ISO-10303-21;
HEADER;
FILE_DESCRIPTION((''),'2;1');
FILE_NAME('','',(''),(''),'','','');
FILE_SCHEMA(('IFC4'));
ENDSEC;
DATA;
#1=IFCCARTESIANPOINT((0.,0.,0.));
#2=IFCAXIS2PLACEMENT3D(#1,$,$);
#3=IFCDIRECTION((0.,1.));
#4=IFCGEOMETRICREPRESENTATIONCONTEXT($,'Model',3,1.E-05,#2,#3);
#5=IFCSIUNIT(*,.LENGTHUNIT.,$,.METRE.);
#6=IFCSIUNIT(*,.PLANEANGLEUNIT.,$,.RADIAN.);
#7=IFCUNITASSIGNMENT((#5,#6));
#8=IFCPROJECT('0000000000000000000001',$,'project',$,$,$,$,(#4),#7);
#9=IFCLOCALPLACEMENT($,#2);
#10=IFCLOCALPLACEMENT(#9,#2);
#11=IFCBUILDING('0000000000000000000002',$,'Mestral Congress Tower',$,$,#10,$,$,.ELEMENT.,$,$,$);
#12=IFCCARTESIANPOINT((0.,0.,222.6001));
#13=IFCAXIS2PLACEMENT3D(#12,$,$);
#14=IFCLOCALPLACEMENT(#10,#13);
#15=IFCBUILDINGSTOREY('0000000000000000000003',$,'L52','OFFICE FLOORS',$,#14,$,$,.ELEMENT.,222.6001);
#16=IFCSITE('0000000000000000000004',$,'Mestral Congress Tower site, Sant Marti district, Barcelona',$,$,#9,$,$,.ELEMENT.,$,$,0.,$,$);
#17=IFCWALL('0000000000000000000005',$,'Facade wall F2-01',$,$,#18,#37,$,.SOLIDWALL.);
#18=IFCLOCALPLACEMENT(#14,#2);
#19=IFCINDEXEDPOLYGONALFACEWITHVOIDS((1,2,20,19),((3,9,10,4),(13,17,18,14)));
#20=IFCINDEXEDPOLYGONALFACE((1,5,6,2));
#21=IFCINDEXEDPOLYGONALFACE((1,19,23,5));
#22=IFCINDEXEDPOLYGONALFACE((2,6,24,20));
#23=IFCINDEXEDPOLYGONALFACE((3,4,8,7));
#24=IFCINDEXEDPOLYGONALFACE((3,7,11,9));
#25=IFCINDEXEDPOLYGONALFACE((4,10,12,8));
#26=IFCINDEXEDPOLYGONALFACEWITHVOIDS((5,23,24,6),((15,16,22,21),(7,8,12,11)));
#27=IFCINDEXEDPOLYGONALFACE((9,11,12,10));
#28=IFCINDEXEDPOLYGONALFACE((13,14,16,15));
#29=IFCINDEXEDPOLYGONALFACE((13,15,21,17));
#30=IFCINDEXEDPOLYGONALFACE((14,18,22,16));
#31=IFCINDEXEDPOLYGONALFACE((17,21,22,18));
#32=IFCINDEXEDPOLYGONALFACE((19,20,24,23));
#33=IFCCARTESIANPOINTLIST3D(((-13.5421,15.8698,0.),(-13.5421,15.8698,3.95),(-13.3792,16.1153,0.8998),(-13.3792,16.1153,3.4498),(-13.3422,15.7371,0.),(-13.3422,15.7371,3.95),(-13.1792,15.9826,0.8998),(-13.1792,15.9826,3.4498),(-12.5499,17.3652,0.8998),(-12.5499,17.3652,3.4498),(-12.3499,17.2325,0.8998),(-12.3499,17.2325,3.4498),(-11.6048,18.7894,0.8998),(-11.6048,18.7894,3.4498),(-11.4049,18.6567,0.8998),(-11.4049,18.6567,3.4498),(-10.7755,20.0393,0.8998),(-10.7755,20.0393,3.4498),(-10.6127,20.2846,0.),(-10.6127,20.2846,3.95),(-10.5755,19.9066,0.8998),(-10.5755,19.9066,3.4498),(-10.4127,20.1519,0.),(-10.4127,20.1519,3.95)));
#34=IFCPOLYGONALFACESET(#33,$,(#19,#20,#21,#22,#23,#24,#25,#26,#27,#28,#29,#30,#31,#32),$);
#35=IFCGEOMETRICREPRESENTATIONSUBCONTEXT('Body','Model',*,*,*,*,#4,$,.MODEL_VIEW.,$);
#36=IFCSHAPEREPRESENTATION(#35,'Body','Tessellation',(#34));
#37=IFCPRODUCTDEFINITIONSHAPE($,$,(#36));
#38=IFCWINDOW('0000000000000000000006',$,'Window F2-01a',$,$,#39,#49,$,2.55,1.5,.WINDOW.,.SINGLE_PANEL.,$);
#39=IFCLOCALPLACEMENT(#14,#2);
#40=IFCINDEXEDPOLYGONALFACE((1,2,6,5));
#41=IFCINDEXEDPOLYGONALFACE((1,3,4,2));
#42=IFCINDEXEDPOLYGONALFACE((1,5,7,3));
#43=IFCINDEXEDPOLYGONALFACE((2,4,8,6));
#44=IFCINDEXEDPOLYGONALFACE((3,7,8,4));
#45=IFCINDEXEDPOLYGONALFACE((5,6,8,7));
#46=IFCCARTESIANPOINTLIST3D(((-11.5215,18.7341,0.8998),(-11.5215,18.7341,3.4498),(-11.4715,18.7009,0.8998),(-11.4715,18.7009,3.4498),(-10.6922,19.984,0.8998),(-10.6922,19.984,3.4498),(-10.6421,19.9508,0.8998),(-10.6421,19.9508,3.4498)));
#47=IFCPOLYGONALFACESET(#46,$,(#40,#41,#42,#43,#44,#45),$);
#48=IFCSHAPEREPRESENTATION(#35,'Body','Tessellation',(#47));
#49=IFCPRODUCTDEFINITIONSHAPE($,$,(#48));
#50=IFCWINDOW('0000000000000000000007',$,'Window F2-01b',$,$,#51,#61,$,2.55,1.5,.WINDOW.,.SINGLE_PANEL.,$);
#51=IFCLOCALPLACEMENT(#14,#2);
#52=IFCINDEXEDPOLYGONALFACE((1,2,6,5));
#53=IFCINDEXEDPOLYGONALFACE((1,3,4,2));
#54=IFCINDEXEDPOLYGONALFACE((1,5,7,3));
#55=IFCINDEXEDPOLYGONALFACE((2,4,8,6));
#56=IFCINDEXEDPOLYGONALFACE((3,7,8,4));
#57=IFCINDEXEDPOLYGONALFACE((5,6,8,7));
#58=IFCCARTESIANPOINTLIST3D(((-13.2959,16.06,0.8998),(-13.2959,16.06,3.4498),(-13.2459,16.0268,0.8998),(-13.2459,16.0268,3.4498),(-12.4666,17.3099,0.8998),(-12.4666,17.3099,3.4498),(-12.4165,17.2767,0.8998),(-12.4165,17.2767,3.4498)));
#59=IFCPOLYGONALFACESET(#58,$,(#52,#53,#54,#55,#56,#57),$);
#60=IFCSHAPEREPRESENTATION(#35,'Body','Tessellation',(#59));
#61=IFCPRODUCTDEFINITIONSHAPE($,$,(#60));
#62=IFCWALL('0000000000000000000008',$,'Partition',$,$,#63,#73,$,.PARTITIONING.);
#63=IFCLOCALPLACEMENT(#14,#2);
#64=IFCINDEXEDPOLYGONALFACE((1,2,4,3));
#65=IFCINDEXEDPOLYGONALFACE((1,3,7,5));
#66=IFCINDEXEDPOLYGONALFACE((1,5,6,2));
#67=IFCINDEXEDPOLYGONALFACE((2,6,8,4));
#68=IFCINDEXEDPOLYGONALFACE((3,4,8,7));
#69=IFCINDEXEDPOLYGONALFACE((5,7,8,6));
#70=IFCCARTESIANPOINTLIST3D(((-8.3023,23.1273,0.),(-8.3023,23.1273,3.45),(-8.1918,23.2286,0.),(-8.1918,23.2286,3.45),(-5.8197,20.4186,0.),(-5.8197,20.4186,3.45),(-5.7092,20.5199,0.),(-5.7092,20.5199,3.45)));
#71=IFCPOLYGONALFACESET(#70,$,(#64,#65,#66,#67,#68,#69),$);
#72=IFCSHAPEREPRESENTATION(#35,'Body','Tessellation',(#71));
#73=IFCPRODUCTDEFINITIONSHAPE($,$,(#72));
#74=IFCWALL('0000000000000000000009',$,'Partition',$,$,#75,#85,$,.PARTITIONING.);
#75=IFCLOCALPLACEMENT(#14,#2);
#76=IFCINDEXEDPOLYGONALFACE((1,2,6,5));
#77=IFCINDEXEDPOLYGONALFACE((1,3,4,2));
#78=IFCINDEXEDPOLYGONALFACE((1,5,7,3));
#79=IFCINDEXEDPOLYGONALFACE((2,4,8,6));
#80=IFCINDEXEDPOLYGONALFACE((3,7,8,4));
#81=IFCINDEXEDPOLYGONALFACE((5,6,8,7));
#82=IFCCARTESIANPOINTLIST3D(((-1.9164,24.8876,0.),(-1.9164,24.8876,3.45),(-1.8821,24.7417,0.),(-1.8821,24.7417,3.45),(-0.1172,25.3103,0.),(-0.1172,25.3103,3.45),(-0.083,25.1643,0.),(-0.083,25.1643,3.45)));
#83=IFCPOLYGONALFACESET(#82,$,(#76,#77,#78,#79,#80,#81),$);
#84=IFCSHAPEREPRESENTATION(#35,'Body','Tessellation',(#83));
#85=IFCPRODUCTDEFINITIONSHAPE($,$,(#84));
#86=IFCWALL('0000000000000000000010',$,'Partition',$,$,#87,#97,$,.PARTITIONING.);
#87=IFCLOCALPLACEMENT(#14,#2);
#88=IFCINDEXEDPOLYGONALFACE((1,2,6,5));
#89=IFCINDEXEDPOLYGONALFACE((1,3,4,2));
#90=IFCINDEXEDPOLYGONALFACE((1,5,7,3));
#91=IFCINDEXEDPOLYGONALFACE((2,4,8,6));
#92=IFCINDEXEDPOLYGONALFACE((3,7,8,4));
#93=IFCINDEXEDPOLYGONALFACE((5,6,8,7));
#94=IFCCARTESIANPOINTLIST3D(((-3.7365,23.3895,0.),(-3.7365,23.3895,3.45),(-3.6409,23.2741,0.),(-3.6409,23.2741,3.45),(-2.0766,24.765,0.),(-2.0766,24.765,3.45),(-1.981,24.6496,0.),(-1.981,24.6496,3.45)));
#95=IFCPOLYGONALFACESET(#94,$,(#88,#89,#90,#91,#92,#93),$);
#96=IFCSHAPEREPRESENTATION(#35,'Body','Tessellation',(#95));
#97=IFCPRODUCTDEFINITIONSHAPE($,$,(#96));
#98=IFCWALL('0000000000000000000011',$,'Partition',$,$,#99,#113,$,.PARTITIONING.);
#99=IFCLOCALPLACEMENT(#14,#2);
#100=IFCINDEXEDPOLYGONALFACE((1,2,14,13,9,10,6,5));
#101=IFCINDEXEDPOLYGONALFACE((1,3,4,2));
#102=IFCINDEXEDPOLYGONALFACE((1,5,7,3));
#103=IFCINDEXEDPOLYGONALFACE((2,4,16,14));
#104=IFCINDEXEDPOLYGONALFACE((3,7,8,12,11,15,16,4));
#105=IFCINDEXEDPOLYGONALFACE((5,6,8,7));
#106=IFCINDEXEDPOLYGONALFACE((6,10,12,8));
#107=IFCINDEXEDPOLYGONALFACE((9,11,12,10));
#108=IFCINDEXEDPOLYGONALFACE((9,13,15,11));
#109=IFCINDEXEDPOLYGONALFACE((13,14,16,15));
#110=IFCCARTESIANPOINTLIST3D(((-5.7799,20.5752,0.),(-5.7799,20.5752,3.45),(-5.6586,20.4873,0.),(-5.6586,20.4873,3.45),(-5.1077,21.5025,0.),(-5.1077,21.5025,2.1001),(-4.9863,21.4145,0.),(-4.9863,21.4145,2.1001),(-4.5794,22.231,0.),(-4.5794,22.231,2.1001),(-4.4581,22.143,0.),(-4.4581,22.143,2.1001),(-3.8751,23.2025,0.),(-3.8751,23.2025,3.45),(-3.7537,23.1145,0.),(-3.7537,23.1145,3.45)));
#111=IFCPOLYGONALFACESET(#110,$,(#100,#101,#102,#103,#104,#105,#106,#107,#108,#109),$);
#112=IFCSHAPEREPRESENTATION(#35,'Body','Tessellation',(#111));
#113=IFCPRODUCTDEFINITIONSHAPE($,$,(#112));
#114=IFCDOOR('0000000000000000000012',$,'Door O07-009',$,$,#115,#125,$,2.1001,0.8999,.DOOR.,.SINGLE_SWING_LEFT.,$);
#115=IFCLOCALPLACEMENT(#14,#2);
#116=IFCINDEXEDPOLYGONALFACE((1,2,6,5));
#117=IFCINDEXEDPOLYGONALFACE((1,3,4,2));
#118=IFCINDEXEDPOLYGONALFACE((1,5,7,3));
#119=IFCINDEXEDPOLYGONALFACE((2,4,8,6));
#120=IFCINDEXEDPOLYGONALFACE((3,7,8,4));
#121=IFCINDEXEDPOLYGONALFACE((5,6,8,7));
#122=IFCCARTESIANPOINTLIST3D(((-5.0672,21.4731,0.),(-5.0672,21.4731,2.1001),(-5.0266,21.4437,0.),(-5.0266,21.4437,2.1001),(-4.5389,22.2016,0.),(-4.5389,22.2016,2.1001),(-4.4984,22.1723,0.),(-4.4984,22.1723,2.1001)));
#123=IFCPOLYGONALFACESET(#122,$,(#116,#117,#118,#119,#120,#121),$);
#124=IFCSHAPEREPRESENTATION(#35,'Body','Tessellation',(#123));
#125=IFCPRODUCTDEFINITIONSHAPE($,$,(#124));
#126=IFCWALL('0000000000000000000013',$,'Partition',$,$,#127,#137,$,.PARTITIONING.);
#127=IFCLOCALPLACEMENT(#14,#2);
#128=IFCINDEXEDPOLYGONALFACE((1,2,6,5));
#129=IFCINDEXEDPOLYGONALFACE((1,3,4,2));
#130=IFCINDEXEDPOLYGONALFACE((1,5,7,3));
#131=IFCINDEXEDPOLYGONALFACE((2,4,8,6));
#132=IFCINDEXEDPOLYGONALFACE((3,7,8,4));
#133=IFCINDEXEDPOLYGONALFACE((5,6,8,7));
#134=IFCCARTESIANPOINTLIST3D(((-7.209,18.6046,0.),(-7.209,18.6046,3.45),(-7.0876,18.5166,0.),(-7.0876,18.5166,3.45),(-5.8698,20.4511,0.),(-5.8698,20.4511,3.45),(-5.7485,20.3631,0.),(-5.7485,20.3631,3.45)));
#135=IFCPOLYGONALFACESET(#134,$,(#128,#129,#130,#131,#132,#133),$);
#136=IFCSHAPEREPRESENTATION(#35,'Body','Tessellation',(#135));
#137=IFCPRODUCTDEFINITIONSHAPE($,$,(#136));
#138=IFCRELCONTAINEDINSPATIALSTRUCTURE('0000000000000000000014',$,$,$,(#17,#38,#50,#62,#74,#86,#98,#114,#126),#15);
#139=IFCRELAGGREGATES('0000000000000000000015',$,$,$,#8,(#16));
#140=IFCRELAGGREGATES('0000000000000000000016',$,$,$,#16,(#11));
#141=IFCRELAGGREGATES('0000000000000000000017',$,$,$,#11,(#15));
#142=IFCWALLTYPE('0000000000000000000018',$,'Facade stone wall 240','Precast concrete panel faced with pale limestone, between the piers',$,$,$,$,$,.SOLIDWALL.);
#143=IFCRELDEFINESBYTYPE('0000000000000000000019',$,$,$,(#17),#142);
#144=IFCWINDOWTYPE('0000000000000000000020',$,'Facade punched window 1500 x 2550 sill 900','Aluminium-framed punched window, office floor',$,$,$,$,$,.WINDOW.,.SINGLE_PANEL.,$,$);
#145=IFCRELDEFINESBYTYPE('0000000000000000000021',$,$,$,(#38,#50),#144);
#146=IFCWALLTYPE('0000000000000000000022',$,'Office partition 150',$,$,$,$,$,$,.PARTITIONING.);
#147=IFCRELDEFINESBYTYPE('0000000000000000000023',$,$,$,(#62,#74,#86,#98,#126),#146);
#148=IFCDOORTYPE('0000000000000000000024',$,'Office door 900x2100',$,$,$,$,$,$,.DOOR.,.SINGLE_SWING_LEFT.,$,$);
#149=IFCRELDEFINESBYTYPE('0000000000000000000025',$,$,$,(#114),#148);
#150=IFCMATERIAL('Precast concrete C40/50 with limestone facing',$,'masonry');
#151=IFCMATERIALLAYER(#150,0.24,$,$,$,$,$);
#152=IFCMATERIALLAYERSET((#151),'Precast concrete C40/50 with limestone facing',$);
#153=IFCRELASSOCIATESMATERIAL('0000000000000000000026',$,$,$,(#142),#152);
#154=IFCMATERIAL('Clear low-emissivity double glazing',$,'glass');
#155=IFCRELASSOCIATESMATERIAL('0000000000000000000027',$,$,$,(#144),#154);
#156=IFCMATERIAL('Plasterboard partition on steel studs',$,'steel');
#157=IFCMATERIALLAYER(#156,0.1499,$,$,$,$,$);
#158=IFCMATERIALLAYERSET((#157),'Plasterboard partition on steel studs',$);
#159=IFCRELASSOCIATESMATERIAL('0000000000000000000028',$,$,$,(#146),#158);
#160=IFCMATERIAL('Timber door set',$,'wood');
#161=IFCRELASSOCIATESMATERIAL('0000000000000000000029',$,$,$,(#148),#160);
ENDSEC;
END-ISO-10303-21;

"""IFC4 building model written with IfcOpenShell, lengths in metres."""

from ifc_helpers import new_model, si_unit, direction, frame, frame_2d, origin, place, context, subcontext, project, spatial, rectangle, extrude, material, layer, layer_set, type_object, element, fill, save


model = new_model("IFC4")

# Units and contexts
model_context = context("Model", 3, precision=1e-05, world=origin(), true_north=direction((0.0, 1.0)))
body_context = subcontext(model_context, "Body", "Model", "MODEL_VIEW")
ifc_project = project(units=[si_unit("LENGTHUNIT", "METRE"), si_unit("PLANEANGLEUNIT", "RADIAN")], contexts=[model_context])

# Site, building, storey
site_placement = place(None, origin())
site = spatial("IfcSite", under=ifc_project, at=site_placement, Name="Mestral Congress Tower site, Sant Marti district, Barcelona", CompositionType="ELEMENT", RefElevation=0.0)
building_placement = place(site_placement, origin())
building = spatial("IfcBuilding", under=site, at=building_placement, Name="Mestral Congress Tower", CompositionType="ELEMENT")
storey_placement = place(building_placement, frame((0.0, 0.0, 222.6001)))
storey = spatial("IfcBuildingStorey", under=building, at=storey_placement, Name="L52", Description="OFFICE FLOORS", CompositionType="ELEMENT", Elevation=222.6001)

# Shared definitions
ifc_material_1 = material(Name="Precast concrete C40/50 with limestone facing", Category="masonry")
ifc_layer_1 = layer(ifc_material_1, 0.24)
ifc_layer_set_1 = layer_set([ifc_layer_1], Name="Precast concrete C40/50 with limestone facing")
wall_type_1 = type_object("IfcWallType", Name="Facade stone wall 240", Description="Precast concrete panel faced with pale limestone, between the piers", PredefinedType="SOLIDWALL", material=ifc_layer_set_1)
ifc_material_2 = material(Name="Clear low-emissivity double glazing", Category="glass")

# Wall, openings, windows
window_type_1 = type_object("IfcWindowType", Name="Facade punched window 1500 x 2550 sill 900", Description="Aluminium-framed punched window, office floor", PartitioningType="SINGLE_PANEL", PredefinedType="WINDOW", material=ifc_material_2)
wall_1_placement = place(storey_placement, frame((-10.5127, 20.2183, 0.0), z_axis=(0.0, 0.0, 1.0), x_axis=(-0.552902, -0.833246, 0.0)))
wall_1 = element("IfcWall", 1, at=wall_1_placement, inside=storey, type_object=wall_type_1, Name="Facade wall F2-01", PredefinedType="SOLIDWALL", context=body_context, shape_type="SweptSolid", body=[
    extrude(rectangle(XDim=5.2983, YDim=0.24, at=frame_2d((2.6492, 0.0))), origin(), (0.0, 0.0, 1.0), 3.95),
])
opening_1_placement = place(wall_1_placement, frame((0.2944, 0.0, 0.8999)))
opening_1 = element("IfcOpeningElement", 2, at=opening_1_placement, cuts=wall_1, PredefinedType="OPENING", context=body_context, shape_type="SweptSolid", body=[
    extrude(rectangle(XDim=1.5, YDim=2.55, at=frame_2d((0.75, 1.2749))), frame((0.0, 0.1299, 0.0), z_axis=(0.0, -1.0, 0.0), x_axis=(1.0, 0.0, 0.0)), (0.0, 0.0, 1.0), 0.26),
])
opening_2_placement = place(wall_1_placement, frame((3.5037, 0.0, 0.8999)))
opening_2 = element("IfcOpeningElement", 3, at=opening_2_placement, cuts=wall_1, PredefinedType="OPENING", context=body_context, shape_type="SweptSolid", body=[
    extrude(rectangle(XDim=1.5, YDim=2.55, at=frame_2d((0.75, 1.2749))), frame((0.0, 0.1299, 0.0), z_axis=(0.0, -1.0, 0.0), x_axis=(1.0, 0.0, 0.0)), (0.0, 0.0, 1.0), 0.26),
])
window_1_placement = place(opening_1_placement, origin())
window_1 = element("IfcWindow", 4, at=window_1_placement, inside=storey, type_object=window_type_1, Name="Window F2-01a", OverallHeight=2.55, OverallWidth=1.5, PartitioningType="SINGLE_PANEL", PredefinedType="WINDOW", context=body_context, shape_type="SweptSolid", body=[
    extrude(rectangle(XDim=1.5, YDim=2.55, at=frame_2d((0.75, 1.2749))), frame((0.0, 0.04, 0.0), z_axis=(0.0, -1.0, 0.0), x_axis=(1.0, 0.0, 0.0)), (0.0, 0.0, 1.0), 0.0601),
])
fill(opening_1, window_1)
window_2_placement = place(opening_2_placement, origin())
window_2 = element("IfcWindow", 5, at=window_2_placement, inside=storey, type_object=window_type_1, Name="Window F2-01b", OverallHeight=2.55, OverallWidth=1.5, PartitioningType="SINGLE_PANEL", PredefinedType="WINDOW", context=body_context, shape_type="SweptSolid", body=[
    extrude(rectangle(XDim=1.5, YDim=2.55, at=frame_2d((0.75, 1.2749))), frame((0.0, 0.04, 0.0), z_axis=(0.0, -1.0, 0.0), x_axis=(1.0, 0.0, 0.0)), (0.0, 0.0, 1.0), 0.0601),
])
fill(opening_2, window_2)

# Walls
ifc_material_3 = material(Name="Plasterboard partition on steel studs", Category="steel")
ifc_layer_2 = layer(ifc_material_3, 0.1499)
ifc_layer_set_2 = layer_set([ifc_layer_2], Name="Plasterboard partition on steel studs")
wall_type_2 = type_object("IfcWallType", Name="Office partition 150", PredefinedType="PARTITIONING", material=ifc_layer_set_2)
wall_2_placement = place(storey_placement, frame((-5.7644, 20.4692, 0.0), z_axis=(0.0, 0.0, 1.0), x_axis=(-0.675673, 0.737201, 0.0)))
element("IfcWall", 6, at=wall_2_placement, inside=storey, type_object=wall_type_2, Name="Partition", PredefinedType="PARTITIONING", context=body_context, shape_type="SweptSolid", body=[
    extrude(rectangle(XDim=3.6743, YDim=0.1499, at=frame_2d((1.8372, 0.0))), origin(), (0.0, 0.0, 1.0), 3.45),
])
wall_3_placement = place(storey_placement, frame((-0.1001, 25.2373, 0.0), z_axis=(0.0, 0.0, 1.0), x_axis=(-0.973502, -0.228679, 0.0)))
element("IfcWall", 7, at=wall_3_placement, inside=storey, type_object=wall_type_2, Name="Partition", PredefinedType="PARTITIONING", context=body_context, shape_type="SweptSolid", body=[
    extrude(rectangle(XDim=1.8481, YDim=0.1499, at=frame_2d((0.9241, 0.0))), origin(), (0.0, 0.0, 1.0), 3.45),
])
wall_4_placement = place(storey_placement, frame((-2.0288, 24.7073, 0.0), z_axis=(0.0, 0.0, 1.0), x_axis=(-0.769991, -0.638054, 0.0)))
element("IfcWall", 8, at=wall_4_placement, inside=storey, type_object=wall_type_2, Name="Partition", PredefinedType="PARTITIONING", context=body_context, shape_type="SweptSolid", body=[
    extrude(rectangle(XDim=2.1558, YDim=0.1499, at=frame_2d((1.0779, 0.0))), origin(), (0.0, 0.0, 1.0), 3.45),
])

# Wall, opening, door
wall_5_placement = place(storey_placement, frame((-5.7192, 20.5312, 0.0), z_axis=(0.0, 0.0, 1.0), x_axis=(0.586981, 0.809601, 0.0)))
wall_5 = element("IfcWall", 9, at=wall_5_placement, inside=storey, type_object=wall_type_2, Name="Partition", PredefinedType="PARTITIONING", context=body_context, shape_type="SweptSolid", body=[
    extrude(rectangle(XDim=3.2451, YDim=0.1499, at=frame_2d((1.6226, 0.0))), origin(), (0.0, 0.0, 1.0), 3.45),
])
opening_3_placement = place(wall_5_placement, frame((1.1453, 0.0, 0.0)))
opening_3 = element("IfcOpeningElement", 10, at=opening_3_placement, cuts=wall_5, PredefinedType="OPENING", context=body_context, shape_type="SweptSolid", body=[
    extrude(rectangle(XDim=0.8999, YDim=2.1001, at=frame_2d((0.45, 1.05))), frame((0.0, 0.085, 0.0), z_axis=(0.0, -1.0, 0.0), x_axis=(1.0, 0.0, 0.0)), (0.0, 0.0, 1.0), 0.1699),
])
ifc_material_4 = material(Name="Timber door set", Category="wood")
door_type = type_object("IfcDoorType", Name="Office door 900x2100", OperationType="SINGLE_SWING_LEFT", PredefinedType="DOOR", material=ifc_material_4)
door_placement = place(opening_3_placement, origin())
door = element("IfcDoor", 11, at=door_placement, inside=storey, type_object=door_type, Name="Door O07-009", OperationType="SINGLE_SWING_LEFT", OverallHeight=2.1001, OverallWidth=0.8999, PredefinedType="DOOR", context=body_context, shape_type="SweptSolid", body=[
    extrude(rectangle(XDim=0.8999, YDim=2.1001, at=frame_2d((0.45, 1.05))), frame((0.0, 0.0249, 0.0), z_axis=(0.0, -1.0, 0.0), x_axis=(1.0, 0.0, 0.0)), (0.0, 0.0, 1.0), 0.05),
])
fill(opening_3, door)

# Wall
wall_6_placement = place(storey_placement, frame((-5.8091, 20.4072, 0.0), z_axis=(0.0, 0.0, 1.0), x_axis=(-0.587096, -0.809518, 0.0)))
element("IfcWall", 12, at=wall_6_placement, inside=storey, type_object=wall_type_2, Name="Partition", PredefinedType="PARTITIONING", context=body_context, shape_type="SweptSolid", body=[
    extrude(rectangle(XDim=2.281, YDim=0.1499, at=frame_2d((1.1406, 0.0))), origin(), (0.0, 0.0, 1.0), 3.45),
])

save(model, "model.ifc")
